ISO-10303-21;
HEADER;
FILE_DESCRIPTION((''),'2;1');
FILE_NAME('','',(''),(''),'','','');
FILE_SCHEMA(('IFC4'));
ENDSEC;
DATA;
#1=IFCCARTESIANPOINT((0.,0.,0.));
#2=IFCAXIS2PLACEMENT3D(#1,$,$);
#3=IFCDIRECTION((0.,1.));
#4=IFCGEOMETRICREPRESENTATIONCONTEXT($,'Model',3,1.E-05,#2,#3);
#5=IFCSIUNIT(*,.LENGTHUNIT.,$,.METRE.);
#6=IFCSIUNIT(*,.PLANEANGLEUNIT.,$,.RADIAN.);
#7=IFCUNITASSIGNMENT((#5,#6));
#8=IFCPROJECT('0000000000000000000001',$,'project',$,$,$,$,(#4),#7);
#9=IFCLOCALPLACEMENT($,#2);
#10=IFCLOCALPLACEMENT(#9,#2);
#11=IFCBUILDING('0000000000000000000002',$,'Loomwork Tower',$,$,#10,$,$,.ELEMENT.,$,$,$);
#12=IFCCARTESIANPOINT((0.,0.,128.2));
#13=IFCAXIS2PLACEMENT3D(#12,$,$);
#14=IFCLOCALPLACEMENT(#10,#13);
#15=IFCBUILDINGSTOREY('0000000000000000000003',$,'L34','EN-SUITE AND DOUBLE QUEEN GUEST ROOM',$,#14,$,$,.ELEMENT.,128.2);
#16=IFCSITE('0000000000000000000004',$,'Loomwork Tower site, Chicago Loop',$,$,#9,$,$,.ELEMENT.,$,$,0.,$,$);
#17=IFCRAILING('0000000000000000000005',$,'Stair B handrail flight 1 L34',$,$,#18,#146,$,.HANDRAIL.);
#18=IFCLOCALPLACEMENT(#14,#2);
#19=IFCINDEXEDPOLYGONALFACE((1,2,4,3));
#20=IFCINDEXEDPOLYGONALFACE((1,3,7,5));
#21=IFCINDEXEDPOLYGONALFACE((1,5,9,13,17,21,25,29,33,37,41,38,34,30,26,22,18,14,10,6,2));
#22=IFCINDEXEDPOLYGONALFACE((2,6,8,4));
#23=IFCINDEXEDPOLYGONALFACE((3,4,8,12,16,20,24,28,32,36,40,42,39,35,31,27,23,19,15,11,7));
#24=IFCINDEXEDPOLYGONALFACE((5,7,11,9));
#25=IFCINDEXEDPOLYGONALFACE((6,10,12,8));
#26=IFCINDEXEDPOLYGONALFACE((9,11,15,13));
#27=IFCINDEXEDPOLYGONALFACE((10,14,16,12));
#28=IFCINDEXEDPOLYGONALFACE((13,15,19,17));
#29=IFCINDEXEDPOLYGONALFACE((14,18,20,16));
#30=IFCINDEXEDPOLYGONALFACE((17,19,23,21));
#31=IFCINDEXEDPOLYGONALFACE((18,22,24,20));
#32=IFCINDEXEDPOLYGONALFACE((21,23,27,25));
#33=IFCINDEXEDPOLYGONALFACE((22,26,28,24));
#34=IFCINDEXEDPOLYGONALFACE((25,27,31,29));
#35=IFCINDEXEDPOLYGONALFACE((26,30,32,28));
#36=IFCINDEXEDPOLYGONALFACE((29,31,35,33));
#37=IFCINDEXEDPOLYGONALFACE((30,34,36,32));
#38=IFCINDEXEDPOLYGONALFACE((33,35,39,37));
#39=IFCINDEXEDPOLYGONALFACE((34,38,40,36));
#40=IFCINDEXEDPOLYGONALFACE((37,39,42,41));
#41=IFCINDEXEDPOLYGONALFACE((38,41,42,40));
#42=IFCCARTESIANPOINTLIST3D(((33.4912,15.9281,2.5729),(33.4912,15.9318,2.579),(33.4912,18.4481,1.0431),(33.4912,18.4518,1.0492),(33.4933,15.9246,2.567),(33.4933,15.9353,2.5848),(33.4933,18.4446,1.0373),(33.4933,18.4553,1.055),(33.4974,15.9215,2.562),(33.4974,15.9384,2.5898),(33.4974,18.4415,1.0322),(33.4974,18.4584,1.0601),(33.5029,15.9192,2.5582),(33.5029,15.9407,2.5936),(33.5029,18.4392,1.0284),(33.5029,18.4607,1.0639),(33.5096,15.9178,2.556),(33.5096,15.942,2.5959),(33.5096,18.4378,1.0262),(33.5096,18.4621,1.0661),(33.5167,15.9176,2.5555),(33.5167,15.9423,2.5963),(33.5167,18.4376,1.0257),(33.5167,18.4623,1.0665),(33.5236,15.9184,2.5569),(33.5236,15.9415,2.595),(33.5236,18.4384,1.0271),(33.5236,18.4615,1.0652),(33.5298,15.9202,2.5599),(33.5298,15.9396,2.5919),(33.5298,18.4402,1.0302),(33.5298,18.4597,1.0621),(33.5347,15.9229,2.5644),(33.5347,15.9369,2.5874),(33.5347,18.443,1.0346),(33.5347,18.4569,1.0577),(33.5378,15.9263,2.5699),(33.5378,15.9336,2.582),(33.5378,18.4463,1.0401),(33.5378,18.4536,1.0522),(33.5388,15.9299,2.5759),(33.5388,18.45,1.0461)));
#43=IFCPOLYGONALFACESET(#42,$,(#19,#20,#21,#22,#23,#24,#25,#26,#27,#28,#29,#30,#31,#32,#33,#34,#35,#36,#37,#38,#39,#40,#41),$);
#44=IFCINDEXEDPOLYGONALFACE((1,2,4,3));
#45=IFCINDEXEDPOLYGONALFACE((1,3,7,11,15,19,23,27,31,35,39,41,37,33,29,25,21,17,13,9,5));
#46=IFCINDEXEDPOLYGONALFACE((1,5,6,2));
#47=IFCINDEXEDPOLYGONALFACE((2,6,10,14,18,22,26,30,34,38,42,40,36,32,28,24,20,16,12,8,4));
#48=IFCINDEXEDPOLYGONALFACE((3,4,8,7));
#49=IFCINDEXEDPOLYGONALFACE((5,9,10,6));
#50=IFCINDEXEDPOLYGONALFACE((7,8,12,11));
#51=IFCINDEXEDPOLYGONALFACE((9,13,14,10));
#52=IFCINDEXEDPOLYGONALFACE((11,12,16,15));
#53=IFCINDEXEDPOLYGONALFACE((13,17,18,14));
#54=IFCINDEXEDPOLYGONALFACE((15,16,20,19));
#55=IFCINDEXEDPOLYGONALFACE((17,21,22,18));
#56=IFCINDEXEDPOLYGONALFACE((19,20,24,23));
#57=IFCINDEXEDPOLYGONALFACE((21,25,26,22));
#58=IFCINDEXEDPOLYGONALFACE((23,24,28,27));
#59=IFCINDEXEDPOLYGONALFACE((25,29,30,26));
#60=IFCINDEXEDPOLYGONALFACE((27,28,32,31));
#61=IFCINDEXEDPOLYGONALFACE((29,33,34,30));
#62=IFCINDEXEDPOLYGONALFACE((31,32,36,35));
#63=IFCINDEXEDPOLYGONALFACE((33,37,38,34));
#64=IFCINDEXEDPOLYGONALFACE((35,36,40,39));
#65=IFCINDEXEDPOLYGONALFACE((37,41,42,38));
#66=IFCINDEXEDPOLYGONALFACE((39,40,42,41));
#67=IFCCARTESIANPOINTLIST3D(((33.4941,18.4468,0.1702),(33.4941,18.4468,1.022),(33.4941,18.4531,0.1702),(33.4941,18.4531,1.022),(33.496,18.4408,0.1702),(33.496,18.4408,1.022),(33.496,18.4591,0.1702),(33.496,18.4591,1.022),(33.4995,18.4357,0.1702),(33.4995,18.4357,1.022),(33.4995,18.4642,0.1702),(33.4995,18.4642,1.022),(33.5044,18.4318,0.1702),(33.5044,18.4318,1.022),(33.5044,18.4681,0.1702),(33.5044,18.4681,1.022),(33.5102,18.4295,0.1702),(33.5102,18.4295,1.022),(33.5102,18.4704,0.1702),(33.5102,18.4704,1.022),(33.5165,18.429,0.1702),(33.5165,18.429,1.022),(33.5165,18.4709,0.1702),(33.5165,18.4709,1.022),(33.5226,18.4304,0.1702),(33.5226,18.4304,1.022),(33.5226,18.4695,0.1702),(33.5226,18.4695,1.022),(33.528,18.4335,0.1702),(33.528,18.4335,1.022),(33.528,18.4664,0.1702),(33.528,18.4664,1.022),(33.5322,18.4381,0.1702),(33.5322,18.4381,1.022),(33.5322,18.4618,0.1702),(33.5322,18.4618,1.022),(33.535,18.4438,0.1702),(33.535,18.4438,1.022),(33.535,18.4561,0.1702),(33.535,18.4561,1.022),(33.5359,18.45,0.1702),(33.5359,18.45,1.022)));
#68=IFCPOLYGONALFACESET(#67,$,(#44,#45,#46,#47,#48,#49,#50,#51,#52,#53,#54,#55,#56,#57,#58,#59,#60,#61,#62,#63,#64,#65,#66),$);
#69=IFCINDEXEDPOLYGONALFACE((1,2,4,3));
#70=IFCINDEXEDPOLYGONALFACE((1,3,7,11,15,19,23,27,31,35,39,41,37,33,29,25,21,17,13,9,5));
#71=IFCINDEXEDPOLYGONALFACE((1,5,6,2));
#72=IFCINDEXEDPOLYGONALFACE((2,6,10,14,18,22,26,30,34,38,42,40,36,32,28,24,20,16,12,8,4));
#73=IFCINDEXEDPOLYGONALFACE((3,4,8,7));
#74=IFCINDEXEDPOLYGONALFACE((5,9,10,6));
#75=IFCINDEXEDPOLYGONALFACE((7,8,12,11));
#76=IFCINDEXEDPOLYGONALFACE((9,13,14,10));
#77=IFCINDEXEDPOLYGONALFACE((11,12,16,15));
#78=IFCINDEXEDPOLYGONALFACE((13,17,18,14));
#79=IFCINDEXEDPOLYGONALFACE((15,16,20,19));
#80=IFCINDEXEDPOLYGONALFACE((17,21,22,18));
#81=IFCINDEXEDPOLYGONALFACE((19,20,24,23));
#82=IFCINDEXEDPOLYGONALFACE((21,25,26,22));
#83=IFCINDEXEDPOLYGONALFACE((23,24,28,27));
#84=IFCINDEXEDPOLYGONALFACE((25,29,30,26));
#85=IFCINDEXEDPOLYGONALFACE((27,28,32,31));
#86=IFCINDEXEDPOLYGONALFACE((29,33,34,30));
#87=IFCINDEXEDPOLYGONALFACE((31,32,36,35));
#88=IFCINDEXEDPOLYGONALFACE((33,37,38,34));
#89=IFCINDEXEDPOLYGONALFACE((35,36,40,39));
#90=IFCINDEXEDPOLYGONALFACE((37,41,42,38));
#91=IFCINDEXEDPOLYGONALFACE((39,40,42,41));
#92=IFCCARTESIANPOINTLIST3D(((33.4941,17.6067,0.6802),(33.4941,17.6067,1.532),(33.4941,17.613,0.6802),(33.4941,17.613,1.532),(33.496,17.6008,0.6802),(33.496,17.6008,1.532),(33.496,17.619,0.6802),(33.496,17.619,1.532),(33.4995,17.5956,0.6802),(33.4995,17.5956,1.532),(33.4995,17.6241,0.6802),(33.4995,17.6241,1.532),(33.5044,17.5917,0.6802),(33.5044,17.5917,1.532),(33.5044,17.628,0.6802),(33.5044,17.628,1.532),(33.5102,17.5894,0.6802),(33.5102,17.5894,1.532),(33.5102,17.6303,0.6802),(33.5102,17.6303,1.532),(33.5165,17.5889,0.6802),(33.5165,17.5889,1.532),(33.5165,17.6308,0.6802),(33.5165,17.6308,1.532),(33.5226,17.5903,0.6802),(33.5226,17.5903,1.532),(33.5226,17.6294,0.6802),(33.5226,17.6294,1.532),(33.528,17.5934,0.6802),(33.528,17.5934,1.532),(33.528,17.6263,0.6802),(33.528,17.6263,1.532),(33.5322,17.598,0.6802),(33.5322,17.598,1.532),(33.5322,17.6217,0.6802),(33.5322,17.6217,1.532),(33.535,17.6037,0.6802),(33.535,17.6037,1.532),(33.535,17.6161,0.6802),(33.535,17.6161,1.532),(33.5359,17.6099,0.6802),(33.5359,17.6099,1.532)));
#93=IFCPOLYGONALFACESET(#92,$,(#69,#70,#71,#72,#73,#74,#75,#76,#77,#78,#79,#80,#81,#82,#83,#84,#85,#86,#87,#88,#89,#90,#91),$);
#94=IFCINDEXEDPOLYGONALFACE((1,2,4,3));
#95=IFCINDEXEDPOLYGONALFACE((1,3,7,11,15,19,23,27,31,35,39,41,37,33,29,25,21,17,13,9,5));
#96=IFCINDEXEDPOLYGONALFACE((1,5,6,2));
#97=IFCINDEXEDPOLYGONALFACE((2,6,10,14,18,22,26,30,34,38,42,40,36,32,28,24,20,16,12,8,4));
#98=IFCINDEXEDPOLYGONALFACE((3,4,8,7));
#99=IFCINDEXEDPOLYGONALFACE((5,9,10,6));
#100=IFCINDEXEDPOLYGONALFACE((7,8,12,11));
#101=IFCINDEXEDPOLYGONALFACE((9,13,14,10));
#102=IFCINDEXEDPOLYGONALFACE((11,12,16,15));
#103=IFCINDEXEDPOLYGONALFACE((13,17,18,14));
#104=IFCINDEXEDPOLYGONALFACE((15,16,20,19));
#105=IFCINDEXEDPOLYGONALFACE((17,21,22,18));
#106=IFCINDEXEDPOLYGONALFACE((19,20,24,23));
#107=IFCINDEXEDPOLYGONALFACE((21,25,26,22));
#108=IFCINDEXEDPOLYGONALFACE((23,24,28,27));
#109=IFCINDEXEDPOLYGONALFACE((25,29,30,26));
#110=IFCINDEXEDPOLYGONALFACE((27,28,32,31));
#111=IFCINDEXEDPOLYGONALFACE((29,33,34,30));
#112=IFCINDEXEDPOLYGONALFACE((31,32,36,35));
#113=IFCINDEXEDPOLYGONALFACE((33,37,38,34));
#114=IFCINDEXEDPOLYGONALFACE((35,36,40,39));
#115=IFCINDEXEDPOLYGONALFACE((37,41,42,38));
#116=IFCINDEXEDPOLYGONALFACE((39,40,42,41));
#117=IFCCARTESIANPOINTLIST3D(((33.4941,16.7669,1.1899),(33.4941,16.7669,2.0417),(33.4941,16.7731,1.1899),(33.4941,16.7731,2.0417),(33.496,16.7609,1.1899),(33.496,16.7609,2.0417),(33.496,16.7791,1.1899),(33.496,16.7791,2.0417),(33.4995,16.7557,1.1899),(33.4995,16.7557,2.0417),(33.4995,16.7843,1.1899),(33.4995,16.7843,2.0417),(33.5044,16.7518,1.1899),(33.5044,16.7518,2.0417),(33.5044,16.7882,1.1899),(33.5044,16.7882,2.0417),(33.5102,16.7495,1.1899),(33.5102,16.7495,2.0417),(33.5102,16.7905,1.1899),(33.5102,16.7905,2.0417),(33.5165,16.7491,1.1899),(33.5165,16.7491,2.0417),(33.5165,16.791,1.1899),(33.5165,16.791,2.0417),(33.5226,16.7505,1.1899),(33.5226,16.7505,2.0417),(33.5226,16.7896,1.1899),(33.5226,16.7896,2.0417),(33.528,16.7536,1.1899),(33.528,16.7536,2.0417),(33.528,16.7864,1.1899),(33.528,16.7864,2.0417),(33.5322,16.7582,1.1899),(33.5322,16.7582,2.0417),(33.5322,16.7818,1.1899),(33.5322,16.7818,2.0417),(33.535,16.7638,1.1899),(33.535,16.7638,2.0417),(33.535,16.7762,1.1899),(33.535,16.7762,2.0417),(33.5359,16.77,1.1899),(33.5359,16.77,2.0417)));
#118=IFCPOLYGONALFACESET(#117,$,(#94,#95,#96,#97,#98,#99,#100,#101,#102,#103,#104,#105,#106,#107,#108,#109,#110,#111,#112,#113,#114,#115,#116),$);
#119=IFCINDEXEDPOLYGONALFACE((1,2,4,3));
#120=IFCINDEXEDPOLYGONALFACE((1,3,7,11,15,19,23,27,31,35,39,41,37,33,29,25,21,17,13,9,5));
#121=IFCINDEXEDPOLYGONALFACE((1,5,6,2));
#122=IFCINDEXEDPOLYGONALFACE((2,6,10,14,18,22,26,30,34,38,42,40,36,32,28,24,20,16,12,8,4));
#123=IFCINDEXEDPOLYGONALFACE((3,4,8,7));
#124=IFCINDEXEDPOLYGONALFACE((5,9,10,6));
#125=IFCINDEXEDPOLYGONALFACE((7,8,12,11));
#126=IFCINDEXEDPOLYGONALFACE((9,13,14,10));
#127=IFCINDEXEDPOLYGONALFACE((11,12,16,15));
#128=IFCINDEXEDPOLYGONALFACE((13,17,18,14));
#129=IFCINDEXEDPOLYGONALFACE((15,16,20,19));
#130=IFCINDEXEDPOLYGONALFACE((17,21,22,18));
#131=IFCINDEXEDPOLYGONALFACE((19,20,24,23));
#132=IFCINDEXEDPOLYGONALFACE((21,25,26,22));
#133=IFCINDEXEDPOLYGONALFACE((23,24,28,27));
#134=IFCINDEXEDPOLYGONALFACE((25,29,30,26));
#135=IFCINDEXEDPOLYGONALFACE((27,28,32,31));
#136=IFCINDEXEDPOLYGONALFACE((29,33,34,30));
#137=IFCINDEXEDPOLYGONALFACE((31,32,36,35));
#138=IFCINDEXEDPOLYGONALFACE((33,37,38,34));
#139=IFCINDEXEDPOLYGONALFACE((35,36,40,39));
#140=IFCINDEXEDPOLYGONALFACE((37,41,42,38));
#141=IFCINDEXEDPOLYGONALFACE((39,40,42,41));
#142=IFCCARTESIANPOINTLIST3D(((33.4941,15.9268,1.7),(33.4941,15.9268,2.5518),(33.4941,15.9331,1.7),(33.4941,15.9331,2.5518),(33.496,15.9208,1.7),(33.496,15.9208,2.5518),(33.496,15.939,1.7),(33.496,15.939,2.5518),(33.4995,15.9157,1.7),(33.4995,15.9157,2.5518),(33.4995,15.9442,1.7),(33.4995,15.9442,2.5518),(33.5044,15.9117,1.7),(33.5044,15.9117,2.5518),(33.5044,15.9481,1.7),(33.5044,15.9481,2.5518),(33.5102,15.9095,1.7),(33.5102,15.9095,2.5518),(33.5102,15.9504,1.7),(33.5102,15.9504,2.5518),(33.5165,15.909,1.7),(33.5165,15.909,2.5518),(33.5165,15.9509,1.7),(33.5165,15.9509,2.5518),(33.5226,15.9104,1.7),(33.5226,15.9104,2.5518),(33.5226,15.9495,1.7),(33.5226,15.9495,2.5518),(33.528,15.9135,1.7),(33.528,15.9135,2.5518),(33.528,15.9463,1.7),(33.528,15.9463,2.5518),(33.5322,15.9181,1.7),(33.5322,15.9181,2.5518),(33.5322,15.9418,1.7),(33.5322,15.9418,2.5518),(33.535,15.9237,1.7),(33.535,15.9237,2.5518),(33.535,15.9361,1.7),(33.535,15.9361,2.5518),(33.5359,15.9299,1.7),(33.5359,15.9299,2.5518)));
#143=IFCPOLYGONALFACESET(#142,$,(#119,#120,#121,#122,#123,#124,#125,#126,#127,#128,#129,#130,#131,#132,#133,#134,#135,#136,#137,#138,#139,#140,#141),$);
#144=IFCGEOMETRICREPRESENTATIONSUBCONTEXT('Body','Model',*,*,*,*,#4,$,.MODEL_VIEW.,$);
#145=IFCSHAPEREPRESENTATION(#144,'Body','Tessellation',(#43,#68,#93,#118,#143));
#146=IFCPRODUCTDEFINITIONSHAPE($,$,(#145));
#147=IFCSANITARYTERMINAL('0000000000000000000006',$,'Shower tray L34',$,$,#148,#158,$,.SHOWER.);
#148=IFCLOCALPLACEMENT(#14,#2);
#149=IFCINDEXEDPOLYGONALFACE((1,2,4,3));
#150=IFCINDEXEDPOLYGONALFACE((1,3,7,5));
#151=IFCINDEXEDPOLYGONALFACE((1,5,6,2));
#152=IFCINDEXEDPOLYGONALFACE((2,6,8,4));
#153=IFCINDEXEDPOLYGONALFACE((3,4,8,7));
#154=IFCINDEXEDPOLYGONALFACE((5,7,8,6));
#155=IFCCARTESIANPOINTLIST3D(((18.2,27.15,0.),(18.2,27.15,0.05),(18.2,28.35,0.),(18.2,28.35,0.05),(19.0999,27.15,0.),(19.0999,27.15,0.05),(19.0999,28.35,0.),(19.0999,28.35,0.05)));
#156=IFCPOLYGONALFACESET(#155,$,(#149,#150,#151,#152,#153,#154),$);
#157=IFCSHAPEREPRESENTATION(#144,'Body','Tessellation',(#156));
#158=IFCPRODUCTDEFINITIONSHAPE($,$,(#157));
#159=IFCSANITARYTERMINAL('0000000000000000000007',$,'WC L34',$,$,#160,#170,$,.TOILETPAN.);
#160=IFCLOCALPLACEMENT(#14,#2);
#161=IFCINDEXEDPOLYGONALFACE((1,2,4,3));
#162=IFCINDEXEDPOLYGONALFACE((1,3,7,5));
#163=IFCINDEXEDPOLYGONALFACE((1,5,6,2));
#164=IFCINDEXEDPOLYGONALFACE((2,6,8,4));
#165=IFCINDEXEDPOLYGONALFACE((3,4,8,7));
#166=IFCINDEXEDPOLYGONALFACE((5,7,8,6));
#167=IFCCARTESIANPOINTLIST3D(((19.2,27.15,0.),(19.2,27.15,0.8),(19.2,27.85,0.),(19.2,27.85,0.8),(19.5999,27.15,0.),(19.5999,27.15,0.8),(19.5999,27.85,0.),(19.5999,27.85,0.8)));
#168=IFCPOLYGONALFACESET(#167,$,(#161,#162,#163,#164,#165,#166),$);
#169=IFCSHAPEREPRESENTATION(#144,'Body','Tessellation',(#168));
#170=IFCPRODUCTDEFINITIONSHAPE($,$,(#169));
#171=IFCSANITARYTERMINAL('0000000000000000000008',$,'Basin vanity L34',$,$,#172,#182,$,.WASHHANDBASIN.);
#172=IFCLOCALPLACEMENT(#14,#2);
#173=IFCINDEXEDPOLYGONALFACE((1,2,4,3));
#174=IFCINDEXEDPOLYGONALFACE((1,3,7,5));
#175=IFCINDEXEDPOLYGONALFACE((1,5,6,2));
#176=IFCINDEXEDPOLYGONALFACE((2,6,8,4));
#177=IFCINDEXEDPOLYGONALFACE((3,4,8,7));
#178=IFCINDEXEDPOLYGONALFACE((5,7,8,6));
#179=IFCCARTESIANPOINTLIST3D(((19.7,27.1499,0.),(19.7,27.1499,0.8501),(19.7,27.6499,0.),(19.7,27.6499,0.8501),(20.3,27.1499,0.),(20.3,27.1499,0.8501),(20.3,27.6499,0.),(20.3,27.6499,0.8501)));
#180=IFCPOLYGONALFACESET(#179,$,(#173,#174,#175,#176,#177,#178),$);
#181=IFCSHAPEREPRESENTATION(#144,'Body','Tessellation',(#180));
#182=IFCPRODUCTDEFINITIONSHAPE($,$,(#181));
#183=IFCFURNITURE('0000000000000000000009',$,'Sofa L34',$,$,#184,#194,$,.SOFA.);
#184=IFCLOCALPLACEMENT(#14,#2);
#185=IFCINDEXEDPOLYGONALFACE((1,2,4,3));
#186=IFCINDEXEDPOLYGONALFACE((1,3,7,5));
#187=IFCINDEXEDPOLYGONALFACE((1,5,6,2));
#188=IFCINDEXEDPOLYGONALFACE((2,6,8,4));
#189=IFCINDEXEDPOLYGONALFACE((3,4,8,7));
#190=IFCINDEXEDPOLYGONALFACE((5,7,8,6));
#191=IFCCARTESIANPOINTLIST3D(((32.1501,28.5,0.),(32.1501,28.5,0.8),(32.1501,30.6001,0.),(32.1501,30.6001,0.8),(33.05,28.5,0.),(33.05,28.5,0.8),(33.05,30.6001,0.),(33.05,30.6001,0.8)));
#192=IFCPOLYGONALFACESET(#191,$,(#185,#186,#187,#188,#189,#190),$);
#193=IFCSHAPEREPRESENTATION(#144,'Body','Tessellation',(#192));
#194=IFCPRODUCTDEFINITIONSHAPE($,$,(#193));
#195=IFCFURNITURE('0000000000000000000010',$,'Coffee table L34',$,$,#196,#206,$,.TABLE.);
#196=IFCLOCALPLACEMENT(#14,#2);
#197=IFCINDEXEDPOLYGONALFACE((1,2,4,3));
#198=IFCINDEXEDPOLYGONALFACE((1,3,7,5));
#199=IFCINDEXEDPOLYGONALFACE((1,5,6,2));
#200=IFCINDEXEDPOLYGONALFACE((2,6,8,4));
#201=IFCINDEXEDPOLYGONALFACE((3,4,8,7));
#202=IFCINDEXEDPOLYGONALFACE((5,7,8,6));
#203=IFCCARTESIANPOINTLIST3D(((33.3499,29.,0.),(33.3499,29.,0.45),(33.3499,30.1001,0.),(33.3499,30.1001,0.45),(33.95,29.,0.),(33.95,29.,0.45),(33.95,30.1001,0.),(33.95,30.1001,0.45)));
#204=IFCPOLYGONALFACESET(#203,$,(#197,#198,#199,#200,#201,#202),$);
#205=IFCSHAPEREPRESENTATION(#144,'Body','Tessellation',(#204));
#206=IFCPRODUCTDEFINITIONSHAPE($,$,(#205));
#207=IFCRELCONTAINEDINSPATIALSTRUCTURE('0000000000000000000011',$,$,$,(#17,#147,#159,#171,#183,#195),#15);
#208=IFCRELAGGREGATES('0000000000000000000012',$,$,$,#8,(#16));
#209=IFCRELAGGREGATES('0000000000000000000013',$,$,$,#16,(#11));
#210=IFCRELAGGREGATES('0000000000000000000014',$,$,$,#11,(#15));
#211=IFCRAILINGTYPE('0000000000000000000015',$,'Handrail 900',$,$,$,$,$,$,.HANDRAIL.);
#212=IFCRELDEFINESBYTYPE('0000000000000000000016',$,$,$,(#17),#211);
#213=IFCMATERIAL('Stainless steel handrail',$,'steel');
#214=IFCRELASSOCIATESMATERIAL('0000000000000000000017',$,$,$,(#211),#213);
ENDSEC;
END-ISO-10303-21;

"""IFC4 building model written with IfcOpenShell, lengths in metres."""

from ifc_helpers import new_model, si_unit, direction, frame, origin, origin_2d, place, context, subcontext, project, spatial, rectangle, circle, extrude, material, type_object, element, save


model = new_model("IFC4")

# Units and contexts
model_context = context("Model", 3, precision=1e-05, world=origin(), true_north=direction((0.0, 1.0)))
body_context = subcontext(model_context, "Body", "Model", "MODEL_VIEW")
ifc_project = project(units=[si_unit("LENGTHUNIT", "METRE"), si_unit("PLANEANGLEUNIT", "RADIAN")], contexts=[model_context])

# Site, building, storey
site_placement = place(None, origin())
site = spatial("IfcSite", under=ifc_project, at=site_placement, Name="Loomwork Tower site, Chicago Loop", CompositionType="ELEMENT", RefElevation=0.0)
building_placement = place(site_placement, origin())
building = spatial("IfcBuilding", under=site, at=building_placement, Name="Loomwork Tower", CompositionType="ELEMENT")
storey_placement = place(building_placement, frame((0.0, 0.0, 128.2)))
storey = spatial("IfcBuildingStorey", under=building, at=storey_placement, Name="L34", Description="EN-SUITE AND DOUBLE QUEEN GUEST ROOM", CompositionType="ELEMENT", Elevation=128.2)

# Railing
ifc_material_1 = material(Name="Stainless steel handrail", Category="steel")
railing_type = type_object("IfcRailingType", Name="Handrail 900", PredefinedType="HANDRAIL", material=ifc_material_1)
railing_placement = place(storey_placement, frame((33.5149, 18.45, 0.1702)))
element("IfcRailing", 1, at=railing_placement, inside=storey, type_object=railing_type, Name="Stair B handrail flight 1 L34", PredefinedType="HANDRAIL", context=body_context, shape_type="SweptSolid", body=[
    extrude(circle(Radius=0.0239, at=origin_2d()), frame((0.0, 0.0, 0.876), z_axis=(0.0, -0.854822, 0.518922), x_axis=(1.0, 0.0, 0.0)), (0.0, 0.0, 1.0), 2.948),
    extrude(circle(Radius=0.021, at=origin_2d()), origin(), (0.0, 0.0, 1.0), 0.8518),
    extrude(circle(Radius=0.021, at=origin_2d()), frame((0.0, -0.8401, 0.51)), (0.0, 0.0, 1.0), 0.8518),
    extrude(circle(Radius=0.021, at=origin_2d()), frame((0.0, -1.6799, 1.0198)), (0.0, 0.0, 1.0), 0.8518),
    extrude(circle(Radius=0.021, at=origin_2d()), frame((0.0, -2.52, 1.5298)), (0.0, 0.0, 1.0), 0.8518),
])

# Sanitary terminals
sanitary_terminal_1_placement = place(storey_placement, frame((18.6499, 27.75, 0.0), z_axis=(0.0, 0.0, 1.0), x_axis=(1.0, 0.0, 0.0)))
element("IfcSanitaryTerminal", 2, at=sanitary_terminal_1_placement, inside=storey, Name="Shower tray L34", PredefinedType="SHOWER", context=body_context, shape_type="SweptSolid", body=[
    extrude(rectangle(XDim=0.8999, YDim=1.2, at=origin_2d()), origin(), (0.0, 0.0, 1.0), 0.05),
])
sanitary_terminal_2_placement = place(storey_placement, frame((19.3999, 27.5, 0.0), z_axis=(0.0, 0.0, 1.0), x_axis=(1.0, 0.0, 0.0)))
element("IfcSanitaryTerminal", 3, at=sanitary_terminal_2_placement, inside=storey, Name="WC L34", PredefinedType="TOILETPAN", context=body_context, shape_type="SweptSolid", body=[
    extrude(rectangle(XDim=0.3999, YDim=0.7, at=origin_2d()), origin(), (0.0, 0.0, 1.0), 0.8),
])
sanitary_terminal_3_placement = place(storey_placement, frame((20.0, 27.3999, 0.0), z_axis=(0.0, 0.0, 1.0), x_axis=(1.0, 0.0, 0.0)))
element("IfcSanitaryTerminal", 4, at=sanitary_terminal_3_placement, inside=storey, Name="Basin vanity L34", PredefinedType="WASHHANDBASIN", context=body_context, shape_type="SweptSolid", body=[
    extrude(rectangle(XDim=0.6001, YDim=0.5, at=origin_2d()), origin(), (0.0, 0.0, 1.0), 0.8501),
])

# Furniture
furniture_1_placement = place(storey_placement, frame((32.6001, 29.55, 0.0), z_axis=(0.0, 0.0, 1.0), x_axis=(1.0, 0.0, 0.0)))
element("IfcFurniture", 5, at=furniture_1_placement, inside=storey, Name="Sofa L34", PredefinedType="SOFA", context=body_context, shape_type="SweptSolid", body=[
    extrude(rectangle(XDim=0.8999, YDim=2.1001, at=origin_2d()), origin(), (0.0, 0.0, 1.0), 0.8),
])
furniture_2_placement = place(storey_placement, frame((33.6499, 29.55, 0.0), z_axis=(0.0, 0.0, 1.0), x_axis=(1.0, 0.0, 0.0)))
element("IfcFurniture", 6, at=furniture_2_placement, inside=storey, Name="Coffee table L34", PredefinedType="TABLE", context=body_context, shape_type="SweptSolid", body=[
    extrude(rectangle(XDim=0.6001, YDim=1.1001, at=origin_2d()), origin(), (0.0, 0.0, 1.0), 0.45),
])

save(model, "model.ifc")
